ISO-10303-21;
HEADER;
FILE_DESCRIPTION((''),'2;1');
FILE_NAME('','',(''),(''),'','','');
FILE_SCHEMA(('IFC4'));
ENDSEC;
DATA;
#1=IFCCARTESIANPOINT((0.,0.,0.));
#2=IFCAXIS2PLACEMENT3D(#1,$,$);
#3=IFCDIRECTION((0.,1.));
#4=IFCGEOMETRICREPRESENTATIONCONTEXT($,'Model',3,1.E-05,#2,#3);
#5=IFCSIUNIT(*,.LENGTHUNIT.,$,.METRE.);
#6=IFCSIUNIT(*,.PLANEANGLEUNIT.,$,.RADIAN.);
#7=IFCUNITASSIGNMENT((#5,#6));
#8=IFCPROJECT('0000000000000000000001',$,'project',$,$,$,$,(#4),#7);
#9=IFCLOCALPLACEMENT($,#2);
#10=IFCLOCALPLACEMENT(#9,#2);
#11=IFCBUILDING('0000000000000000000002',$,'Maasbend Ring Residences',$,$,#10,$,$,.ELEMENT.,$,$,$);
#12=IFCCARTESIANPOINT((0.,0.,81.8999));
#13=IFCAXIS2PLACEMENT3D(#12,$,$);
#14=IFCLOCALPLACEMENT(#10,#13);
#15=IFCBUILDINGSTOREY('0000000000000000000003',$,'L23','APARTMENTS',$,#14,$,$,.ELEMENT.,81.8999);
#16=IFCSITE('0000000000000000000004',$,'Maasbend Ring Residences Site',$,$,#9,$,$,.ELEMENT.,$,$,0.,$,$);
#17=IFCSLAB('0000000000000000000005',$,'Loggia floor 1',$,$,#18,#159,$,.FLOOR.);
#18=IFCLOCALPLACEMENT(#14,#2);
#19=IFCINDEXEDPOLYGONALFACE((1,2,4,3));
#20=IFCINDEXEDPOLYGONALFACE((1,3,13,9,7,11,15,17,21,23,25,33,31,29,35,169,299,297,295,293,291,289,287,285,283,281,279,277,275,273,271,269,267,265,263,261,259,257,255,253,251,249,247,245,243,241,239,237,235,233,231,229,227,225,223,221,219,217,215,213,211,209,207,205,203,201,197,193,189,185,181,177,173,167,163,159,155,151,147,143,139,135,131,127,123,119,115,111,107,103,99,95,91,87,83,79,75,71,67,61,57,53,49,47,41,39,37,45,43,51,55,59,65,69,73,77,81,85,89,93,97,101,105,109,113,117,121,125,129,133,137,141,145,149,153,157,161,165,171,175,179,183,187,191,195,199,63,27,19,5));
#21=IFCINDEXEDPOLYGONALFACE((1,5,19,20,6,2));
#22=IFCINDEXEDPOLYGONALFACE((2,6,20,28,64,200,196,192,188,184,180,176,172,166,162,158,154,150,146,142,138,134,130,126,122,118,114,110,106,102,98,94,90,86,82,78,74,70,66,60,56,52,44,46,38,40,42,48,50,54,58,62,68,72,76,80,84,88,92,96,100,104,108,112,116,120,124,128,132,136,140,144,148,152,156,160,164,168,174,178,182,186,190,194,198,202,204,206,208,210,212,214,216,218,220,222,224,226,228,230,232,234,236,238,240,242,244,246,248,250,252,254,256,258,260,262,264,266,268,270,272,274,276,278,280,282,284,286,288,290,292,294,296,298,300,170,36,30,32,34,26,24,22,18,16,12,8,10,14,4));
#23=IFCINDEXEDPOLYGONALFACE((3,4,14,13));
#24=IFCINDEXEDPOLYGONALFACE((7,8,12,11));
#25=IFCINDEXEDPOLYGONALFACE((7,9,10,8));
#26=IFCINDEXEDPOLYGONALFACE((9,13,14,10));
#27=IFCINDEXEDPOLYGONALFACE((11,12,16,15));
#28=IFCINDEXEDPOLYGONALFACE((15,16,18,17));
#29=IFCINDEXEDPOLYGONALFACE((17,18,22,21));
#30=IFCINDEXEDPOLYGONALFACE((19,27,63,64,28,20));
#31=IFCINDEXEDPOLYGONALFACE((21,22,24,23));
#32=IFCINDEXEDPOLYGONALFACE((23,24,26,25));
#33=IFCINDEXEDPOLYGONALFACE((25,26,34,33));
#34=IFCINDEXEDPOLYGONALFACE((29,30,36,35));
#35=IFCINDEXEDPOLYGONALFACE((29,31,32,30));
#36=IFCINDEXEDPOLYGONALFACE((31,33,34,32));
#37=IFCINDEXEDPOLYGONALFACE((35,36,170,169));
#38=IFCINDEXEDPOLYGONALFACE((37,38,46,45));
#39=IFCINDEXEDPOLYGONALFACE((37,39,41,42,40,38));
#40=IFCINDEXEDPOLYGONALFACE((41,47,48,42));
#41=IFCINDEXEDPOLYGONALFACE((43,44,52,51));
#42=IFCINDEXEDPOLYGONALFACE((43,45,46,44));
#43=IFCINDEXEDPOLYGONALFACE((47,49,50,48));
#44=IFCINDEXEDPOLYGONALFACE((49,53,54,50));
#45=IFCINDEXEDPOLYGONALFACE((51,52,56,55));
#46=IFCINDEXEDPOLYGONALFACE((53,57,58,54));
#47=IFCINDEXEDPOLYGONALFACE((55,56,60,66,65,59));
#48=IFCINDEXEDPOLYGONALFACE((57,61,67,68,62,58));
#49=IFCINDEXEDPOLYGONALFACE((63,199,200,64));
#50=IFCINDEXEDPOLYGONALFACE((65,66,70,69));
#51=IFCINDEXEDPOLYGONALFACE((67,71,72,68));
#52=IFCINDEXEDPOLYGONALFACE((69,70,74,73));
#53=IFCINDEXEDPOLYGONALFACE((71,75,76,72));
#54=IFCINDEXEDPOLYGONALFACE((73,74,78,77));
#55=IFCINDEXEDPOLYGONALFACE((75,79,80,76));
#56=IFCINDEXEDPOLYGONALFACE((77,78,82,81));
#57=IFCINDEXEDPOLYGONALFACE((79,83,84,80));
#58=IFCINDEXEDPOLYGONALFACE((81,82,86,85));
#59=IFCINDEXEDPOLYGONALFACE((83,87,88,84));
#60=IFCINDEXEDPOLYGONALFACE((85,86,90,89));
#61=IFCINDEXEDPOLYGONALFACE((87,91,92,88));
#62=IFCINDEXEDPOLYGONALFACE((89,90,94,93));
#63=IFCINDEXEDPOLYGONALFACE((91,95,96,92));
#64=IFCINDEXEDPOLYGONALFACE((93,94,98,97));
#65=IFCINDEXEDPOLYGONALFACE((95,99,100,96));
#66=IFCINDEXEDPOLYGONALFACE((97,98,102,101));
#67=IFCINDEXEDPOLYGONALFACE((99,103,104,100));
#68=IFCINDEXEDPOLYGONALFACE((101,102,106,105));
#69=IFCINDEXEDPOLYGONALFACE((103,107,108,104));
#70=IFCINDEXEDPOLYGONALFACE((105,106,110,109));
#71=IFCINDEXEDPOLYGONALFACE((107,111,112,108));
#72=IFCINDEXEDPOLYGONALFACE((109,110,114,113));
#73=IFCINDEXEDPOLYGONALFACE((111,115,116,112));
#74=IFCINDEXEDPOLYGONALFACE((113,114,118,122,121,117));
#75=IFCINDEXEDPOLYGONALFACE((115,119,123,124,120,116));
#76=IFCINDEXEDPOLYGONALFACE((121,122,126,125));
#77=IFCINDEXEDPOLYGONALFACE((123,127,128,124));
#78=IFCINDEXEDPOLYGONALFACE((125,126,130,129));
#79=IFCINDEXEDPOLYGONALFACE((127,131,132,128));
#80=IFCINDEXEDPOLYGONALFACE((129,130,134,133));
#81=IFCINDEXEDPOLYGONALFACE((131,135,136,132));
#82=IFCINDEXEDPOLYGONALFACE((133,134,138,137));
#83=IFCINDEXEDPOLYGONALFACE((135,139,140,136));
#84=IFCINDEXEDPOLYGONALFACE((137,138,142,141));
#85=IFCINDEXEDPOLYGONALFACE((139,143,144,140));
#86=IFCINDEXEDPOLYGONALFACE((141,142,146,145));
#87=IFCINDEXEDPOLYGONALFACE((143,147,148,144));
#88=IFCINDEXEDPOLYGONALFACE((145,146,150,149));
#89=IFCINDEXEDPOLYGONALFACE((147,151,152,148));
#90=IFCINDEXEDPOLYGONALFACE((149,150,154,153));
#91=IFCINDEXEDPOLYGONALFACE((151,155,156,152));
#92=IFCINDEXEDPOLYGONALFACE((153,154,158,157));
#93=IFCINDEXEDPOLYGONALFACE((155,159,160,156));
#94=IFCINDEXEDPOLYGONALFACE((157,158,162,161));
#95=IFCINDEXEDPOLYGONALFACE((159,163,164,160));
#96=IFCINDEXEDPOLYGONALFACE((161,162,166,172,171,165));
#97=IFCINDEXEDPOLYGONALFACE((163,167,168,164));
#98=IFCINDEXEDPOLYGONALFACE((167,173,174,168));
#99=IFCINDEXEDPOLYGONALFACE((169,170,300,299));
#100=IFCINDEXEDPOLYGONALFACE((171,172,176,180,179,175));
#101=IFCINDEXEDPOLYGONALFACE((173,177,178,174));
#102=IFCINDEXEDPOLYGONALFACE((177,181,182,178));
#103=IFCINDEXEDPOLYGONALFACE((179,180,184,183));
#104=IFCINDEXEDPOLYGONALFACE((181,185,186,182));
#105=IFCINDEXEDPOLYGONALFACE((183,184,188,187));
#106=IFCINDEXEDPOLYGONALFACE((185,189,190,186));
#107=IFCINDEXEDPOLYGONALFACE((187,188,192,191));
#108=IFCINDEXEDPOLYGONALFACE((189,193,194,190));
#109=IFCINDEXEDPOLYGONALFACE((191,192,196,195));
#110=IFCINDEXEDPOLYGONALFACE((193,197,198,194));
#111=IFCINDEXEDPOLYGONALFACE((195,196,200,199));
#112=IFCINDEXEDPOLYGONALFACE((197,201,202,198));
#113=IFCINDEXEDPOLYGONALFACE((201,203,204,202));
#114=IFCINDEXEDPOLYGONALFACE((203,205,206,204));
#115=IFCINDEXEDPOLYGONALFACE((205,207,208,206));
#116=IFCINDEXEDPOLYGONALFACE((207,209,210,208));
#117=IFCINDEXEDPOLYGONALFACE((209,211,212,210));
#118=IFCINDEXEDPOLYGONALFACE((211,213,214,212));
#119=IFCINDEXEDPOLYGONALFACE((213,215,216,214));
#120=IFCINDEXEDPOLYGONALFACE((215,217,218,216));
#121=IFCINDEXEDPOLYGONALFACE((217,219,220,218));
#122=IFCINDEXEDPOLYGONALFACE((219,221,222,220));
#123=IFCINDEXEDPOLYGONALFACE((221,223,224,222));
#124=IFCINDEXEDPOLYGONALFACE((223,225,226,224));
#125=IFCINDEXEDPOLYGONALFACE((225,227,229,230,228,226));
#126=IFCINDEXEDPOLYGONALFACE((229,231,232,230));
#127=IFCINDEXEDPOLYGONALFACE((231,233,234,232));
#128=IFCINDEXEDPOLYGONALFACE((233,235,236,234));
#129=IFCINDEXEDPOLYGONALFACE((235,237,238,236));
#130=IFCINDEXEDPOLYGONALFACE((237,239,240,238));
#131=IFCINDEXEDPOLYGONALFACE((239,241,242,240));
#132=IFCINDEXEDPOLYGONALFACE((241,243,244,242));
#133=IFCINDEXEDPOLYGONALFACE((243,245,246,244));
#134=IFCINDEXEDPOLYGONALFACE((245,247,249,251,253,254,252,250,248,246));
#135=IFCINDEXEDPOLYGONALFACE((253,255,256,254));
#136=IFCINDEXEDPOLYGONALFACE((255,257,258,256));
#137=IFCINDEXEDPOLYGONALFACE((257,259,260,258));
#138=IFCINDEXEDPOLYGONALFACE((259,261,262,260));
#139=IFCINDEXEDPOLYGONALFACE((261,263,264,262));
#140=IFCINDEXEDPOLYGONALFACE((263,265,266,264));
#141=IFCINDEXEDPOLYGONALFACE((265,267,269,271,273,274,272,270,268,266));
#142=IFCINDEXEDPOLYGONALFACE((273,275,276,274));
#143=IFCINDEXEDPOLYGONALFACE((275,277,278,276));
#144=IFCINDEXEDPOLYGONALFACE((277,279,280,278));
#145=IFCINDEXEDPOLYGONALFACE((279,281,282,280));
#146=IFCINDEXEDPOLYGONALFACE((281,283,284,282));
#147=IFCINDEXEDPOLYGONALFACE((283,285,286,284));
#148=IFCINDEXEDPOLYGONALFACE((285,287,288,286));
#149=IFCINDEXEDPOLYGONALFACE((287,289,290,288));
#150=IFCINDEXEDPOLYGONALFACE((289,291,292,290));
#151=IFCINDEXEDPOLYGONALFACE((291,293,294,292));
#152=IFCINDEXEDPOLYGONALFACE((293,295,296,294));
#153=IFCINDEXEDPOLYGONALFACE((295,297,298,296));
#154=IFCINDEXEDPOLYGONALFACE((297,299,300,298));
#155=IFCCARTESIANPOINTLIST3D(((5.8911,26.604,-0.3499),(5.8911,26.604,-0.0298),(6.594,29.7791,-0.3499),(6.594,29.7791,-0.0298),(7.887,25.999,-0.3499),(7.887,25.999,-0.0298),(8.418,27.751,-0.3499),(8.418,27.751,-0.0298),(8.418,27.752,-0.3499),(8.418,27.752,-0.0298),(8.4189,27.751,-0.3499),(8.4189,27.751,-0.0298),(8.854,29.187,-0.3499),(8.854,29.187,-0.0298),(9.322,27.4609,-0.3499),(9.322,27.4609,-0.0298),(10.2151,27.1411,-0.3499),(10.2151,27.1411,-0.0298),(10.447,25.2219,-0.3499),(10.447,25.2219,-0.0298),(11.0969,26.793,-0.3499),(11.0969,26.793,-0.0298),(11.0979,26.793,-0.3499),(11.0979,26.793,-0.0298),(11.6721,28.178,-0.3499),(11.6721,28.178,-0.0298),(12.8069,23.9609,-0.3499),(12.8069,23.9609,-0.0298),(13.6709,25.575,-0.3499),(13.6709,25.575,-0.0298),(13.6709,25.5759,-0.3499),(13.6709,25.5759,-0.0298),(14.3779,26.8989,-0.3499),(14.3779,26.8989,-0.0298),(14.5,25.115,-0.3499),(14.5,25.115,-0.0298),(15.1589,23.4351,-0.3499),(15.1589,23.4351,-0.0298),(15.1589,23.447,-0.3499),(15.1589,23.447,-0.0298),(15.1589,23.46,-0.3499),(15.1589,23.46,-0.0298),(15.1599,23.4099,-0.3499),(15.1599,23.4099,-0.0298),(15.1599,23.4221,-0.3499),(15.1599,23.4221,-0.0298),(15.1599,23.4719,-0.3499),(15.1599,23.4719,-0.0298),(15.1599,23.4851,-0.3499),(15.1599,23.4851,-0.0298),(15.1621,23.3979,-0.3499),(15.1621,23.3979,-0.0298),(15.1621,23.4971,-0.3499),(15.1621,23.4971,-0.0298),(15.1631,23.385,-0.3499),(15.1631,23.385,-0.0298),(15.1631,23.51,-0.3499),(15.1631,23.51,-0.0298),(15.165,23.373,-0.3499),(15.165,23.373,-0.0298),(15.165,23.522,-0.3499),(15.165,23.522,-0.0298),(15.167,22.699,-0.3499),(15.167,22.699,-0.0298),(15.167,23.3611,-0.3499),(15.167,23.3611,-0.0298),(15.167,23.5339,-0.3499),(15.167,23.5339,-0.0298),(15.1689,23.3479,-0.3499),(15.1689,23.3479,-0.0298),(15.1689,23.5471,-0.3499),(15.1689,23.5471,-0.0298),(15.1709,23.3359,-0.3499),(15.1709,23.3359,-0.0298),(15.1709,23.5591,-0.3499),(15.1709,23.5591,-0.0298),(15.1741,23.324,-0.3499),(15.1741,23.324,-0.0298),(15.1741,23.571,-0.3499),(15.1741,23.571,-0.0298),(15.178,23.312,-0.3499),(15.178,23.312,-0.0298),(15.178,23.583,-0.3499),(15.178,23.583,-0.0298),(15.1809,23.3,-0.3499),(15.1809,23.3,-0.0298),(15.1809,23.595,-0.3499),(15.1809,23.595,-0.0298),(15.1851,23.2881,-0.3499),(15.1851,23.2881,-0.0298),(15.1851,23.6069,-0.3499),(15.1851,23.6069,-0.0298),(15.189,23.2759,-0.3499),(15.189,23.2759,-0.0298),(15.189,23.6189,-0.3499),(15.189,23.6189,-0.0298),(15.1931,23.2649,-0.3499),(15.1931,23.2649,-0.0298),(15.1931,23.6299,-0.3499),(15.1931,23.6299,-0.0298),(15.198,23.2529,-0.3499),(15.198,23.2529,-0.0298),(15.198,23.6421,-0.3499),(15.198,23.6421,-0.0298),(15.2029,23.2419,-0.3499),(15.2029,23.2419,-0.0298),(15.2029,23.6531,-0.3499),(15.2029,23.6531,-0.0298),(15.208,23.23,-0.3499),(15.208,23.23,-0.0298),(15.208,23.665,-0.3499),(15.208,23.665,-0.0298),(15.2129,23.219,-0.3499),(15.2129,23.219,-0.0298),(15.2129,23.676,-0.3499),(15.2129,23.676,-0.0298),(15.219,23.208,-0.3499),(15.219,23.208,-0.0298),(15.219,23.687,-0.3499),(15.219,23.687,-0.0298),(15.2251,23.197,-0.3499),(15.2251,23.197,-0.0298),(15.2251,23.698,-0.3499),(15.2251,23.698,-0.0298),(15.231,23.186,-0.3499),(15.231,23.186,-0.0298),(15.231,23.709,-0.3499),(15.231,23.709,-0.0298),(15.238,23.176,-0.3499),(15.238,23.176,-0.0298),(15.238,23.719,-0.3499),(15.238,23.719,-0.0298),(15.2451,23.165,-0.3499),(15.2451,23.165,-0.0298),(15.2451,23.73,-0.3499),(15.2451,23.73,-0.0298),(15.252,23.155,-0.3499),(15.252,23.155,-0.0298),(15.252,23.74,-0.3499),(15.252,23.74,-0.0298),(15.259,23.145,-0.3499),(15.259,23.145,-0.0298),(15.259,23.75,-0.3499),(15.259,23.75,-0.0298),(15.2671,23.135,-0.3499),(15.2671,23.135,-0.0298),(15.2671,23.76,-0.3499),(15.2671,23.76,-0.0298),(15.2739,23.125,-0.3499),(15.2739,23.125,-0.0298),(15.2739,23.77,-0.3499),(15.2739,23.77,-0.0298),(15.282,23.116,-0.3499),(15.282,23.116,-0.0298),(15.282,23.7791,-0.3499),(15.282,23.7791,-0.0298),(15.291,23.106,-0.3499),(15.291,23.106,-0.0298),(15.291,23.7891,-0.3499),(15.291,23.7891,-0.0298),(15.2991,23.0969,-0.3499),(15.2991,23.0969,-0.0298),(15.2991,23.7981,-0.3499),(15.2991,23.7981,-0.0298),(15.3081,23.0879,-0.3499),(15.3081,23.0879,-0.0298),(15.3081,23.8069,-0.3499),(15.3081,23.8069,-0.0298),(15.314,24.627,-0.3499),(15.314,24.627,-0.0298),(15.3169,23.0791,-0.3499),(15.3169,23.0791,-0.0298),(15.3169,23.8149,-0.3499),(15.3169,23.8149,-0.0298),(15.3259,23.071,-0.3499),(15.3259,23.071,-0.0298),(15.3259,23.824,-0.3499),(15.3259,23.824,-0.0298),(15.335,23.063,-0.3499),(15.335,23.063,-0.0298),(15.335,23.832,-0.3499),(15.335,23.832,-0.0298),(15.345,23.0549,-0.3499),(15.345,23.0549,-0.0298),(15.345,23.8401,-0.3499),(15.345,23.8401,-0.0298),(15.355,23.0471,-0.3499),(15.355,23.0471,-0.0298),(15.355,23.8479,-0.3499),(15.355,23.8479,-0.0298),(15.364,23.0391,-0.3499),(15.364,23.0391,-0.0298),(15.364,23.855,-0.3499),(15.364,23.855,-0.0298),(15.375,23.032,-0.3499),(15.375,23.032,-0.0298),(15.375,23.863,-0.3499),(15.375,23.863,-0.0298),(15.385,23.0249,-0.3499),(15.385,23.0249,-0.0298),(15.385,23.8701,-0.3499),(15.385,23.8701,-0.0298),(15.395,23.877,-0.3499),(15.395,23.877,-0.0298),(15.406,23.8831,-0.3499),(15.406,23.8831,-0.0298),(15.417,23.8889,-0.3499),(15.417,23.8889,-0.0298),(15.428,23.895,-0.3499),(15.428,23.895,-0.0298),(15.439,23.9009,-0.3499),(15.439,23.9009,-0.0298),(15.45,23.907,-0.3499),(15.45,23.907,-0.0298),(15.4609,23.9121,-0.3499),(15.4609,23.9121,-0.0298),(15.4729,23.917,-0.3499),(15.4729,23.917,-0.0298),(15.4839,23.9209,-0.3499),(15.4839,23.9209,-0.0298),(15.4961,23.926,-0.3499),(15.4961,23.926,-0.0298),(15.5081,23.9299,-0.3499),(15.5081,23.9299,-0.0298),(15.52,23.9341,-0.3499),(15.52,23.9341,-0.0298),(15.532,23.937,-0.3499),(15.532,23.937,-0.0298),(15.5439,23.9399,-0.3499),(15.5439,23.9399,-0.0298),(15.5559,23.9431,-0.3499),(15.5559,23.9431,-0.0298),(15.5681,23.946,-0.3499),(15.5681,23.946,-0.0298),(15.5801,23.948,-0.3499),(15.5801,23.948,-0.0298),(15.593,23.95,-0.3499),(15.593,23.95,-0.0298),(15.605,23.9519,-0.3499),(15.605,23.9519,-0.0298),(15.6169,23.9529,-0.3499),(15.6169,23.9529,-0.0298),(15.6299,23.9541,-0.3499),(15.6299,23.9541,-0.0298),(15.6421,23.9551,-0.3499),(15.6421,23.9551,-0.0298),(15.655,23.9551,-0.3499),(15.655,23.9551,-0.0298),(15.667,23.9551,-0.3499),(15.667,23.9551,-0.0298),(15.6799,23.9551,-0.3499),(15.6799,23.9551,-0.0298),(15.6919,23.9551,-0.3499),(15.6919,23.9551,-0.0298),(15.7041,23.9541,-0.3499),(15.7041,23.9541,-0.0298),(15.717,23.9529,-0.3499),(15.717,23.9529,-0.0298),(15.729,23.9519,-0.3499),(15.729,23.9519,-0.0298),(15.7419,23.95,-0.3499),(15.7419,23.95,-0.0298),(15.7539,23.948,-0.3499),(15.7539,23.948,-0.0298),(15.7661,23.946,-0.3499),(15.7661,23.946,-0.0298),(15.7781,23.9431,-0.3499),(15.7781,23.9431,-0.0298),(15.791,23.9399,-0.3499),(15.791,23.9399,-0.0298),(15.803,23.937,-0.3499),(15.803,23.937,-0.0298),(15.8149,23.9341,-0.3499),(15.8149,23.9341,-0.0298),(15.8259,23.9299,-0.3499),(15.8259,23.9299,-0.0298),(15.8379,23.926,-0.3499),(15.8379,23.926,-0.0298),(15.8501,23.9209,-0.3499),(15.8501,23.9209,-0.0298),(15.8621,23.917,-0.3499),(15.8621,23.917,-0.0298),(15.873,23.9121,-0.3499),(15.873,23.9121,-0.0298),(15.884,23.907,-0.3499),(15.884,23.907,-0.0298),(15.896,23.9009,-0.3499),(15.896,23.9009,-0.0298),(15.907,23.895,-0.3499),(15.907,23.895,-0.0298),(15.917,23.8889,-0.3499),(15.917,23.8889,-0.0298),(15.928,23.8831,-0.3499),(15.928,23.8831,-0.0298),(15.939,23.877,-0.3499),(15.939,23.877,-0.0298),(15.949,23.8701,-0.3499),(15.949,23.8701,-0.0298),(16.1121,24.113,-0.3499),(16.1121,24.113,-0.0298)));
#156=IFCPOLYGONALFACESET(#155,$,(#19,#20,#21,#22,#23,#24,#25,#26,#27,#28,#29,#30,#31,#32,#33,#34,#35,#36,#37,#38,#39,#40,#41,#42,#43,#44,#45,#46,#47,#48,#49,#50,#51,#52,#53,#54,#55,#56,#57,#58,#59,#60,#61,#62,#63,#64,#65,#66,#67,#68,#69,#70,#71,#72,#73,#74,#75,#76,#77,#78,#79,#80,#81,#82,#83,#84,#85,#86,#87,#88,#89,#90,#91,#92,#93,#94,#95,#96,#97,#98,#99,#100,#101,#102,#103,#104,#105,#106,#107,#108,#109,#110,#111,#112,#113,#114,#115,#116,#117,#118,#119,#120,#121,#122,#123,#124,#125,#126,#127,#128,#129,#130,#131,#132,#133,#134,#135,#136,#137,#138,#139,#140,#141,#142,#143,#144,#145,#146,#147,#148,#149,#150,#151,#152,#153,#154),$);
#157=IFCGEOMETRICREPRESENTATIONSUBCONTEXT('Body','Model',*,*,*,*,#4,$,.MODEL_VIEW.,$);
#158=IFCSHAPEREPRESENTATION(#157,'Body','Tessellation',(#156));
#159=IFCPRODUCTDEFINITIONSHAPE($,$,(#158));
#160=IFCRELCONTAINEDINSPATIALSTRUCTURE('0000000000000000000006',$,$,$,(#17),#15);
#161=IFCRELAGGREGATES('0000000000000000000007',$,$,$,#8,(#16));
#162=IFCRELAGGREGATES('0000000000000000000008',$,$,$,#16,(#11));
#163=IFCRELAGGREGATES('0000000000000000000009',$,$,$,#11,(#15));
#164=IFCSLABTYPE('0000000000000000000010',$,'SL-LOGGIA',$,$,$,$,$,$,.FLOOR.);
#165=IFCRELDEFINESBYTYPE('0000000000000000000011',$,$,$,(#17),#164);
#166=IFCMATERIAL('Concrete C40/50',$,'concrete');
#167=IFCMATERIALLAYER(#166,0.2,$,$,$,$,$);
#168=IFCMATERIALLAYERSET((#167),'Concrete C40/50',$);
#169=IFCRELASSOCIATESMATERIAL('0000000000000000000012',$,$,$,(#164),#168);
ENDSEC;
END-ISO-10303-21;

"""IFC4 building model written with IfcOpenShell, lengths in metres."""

from ifc_helpers import new_model, si_unit, direction, frame, origin, place, context, subcontext, project, spatial, polyline, outline, extrude, material, layer, layer_set, type_object, element, save


model = new_model("IFC4")

# Units and contexts
model_context = context("Model", 3, precision=1e-05, world=origin(), true_north=direction((0.0, 1.0)))
body_context = subcontext(model_context, "Body", "Model", "MODEL_VIEW")
ifc_project = project(units=[si_unit("LENGTHUNIT", "METRE"), si_unit("PLANEANGLEUNIT", "RADIAN")], contexts=[model_context])

# Site, building, storey
site_placement = place(None, origin())
site = spatial("IfcSite", under=ifc_project, at=site_placement, Name="Maasbend Ring Residences Site", CompositionType="ELEMENT", RefElevation=0.0)
building_placement = place(site_placement, origin())
building = spatial("IfcBuilding", under=site, at=building_placement, Name="Maasbend Ring Residences", CompositionType="ELEMENT")
storey_placement = place(building_placement, frame((0.0, 0.0, 81.8999)))
storey = spatial("IfcBuildingStorey", under=building, at=storey_placement, Name="L23", Description="APARTMENTS", CompositionType="ELEMENT", Elevation=81.8999)

# Slab
ifc_material_1 = material(Name="Concrete C40/50", Category="concrete")
ifc_layer_1 = layer(ifc_material_1, 0.2)
ifc_layer_set_1 = layer_set([ifc_layer_1], Name="Concrete C40/50")
slab_type_1 = type_object("IfcSlabType", Name="SL-LOGGIA", PredefinedType="FLOOR", material=ifc_layer_set_1)
slab_1_placement = place(storey_placement, frame((0.0, 0.0, -0.3499)))
element("IfcSlab", 1, at=slab_1_placement, inside=storey, type_object=slab_type_1, Name="Loggia floor 1", PredefinedType="FLOOR", context=body_context, shape_type="SweptSolid", body=[
    extrude(outline(polyline([(8.854, 29.187), (8.854, 29.187), (8.854, 29.187), (8.418, 27.752), (8.418, 27.752), (8.418, 27.752), (8.418, 27.752), (8.418, 27.752), (8.418, 27.752), (8.418, 27.751), (8.418, 27.751), (8.418, 27.751), (8.418, 27.751), (8.418, 27.751), (8.4189, 27.751), (8.4189, 27.751), (8.4189, 27.751), (8.4189, 27.751), (8.4189, 27.751), (8.4189, 27.751), (9.322, 27.4609), (9.322, 27.4609), (10.2151, 27.1411), (10.2151, 27.1411), (11.0969, 26.793), (11.0969, 26.793), (11.0969, 26.793), (11.0979, 26.793), (11.0979, 26.793), (11.0979, 26.793), (11.0979, 26.793), (11.0979, 26.793), (11.0979, 26.793), (11.0979, 26.793), (11.0979, 26.793), (11.0979, 26.793), (11.0979, 26.793), (11.0979, 26.793), (11.0979, 26.793), (11.0979, 26.793), (11.0979, 26.793), (11.6721, 28.178), (11.6721, 28.178), (11.6721, 28.178), (14.3779, 26.8989), (14.3779, 26.8989), (14.3779, 26.8989), (13.6709, 25.5759), (13.6709, 25.5759), (13.6709, 25.5759), (13.6709, 25.5759), (13.6709, 25.5759), (13.6709, 25.5759), (13.6709, 25.5759), (13.6709, 25.5759), (13.6709, 25.5759), (13.6709, 25.5759), (13.6709, 25.5759), (13.6709, 25.5759), (13.6709, 25.5759), (13.6709, 25.5759), (13.6709, 25.5759), (13.6709, 25.5759), (13.6709, 25.575), (14.5, 25.115), (14.5, 25.115), (15.314, 24.627), (15.314, 24.627), (16.1121, 24.113), (16.1121, 24.113), (16.1121, 24.113), (15.949, 23.8701), (15.939, 23.877), (15.928, 23.8831), (15.917, 23.8889), (15.907, 23.895), (15.896, 23.9009), (15.884, 23.907), (15.873, 23.9121), (15.8621, 23.917), (15.8501, 23.9209), (15.8379, 23.926), (15.8259, 23.9299), (15.8149, 23.9341), (15.803, 23.937), (15.791, 23.9399), (15.7781, 23.9431), (15.7661, 23.946), (15.7539, 23.948), (15.7419, 23.95), (15.729, 23.9519), (15.717, 23.9529), (15.7041, 23.9541), (15.6919, 23.9551), (15.6799, 23.9551), (15.667, 23.9551), (15.655, 23.9551), (15.6421, 23.9551), (15.6299, 23.9541), (15.6169, 23.9529), (15.605, 23.9519), (15.593, 23.95), (15.5801, 23.948), (15.5681, 23.946), (15.5559, 23.9431), (15.5439, 23.9399), (15.532, 23.937), (15.52, 23.9341), (15.5081, 23.9299), (15.4961, 23.926), (15.4839, 23.9209), (15.4729, 23.917), (15.4609, 23.9121), (15.45, 23.907), (15.439, 23.9009), (15.428, 23.895), (15.417, 23.8889), (15.406, 23.8831), (15.395, 23.877), (15.385, 23.8701), (15.375, 23.863), (15.364, 23.855), (15.355, 23.8479), (15.345, 23.8401), (15.335, 23.832), (15.3259, 23.824), (15.3169, 23.8149), (15.3081, 23.8069), (15.2991, 23.7981), (15.291, 23.7891), (15.282, 23.7791), (15.2739, 23.77), (15.2671, 23.76), (15.259, 23.75), (15.252, 23.74), (15.2451, 23.73), (15.238, 23.719), (15.231, 23.709), (15.2251, 23.698), (15.219, 23.687), (15.2129, 23.676), (15.208, 23.665), (15.2029, 23.6531), (15.198, 23.6421), (15.1931, 23.6299), (15.189, 23.6189), (15.1851, 23.6069), (15.1809, 23.595), (15.178, 23.583), (15.1741, 23.571), (15.1709, 23.5591), (15.1689, 23.5471), (15.167, 23.5339), (15.165, 23.522), (15.1631, 23.51), (15.1621, 23.4971), (15.1599, 23.4851), (15.1599, 23.4719), (15.1589, 23.46), (15.1589, 23.447), (15.1589, 23.4351), (15.1599, 23.4221), (15.1599, 23.4099), (15.1621, 23.3979), (15.1631, 23.385), (15.165, 23.373), (15.167, 23.3611), (15.1689, 23.3479), (15.1709, 23.3359), (15.1741, 23.324), (15.178, 23.312), (15.1809, 23.3), (15.1851, 23.2881), (15.189, 23.2759), (15.1931, 23.2649), (15.198, 23.2529), (15.2029, 23.2419), (15.208, 23.23), (15.2129, 23.219), (15.219, 23.208), (15.2251, 23.197), (15.231, 23.186), (15.238, 23.176), (15.2451, 23.165), (15.252, 23.155), (15.259, 23.145), (15.2671, 23.135), (15.2739, 23.125), (15.282, 23.116), (15.291, 23.106), (15.2991, 23.0969), (15.3081, 23.0879), (15.3169, 23.0791), (15.3259, 23.071), (15.335, 23.063), (15.345, 23.0549), (15.355, 23.0471), (15.364, 23.0391), (15.375, 23.032), (15.385, 23.0249), (15.167, 22.699), (15.167, 22.699), (15.167, 22.699), (12.8069, 23.9609), (10.447, 25.2219), (10.447, 25.2219), (10.447, 25.2219), (7.887, 25.999), (5.8911, 26.604), (5.8911, 26.604), (5.8911, 26.604), (6.594, 29.7791), (6.594, 29.7791), (6.594, 29.7791), (8.854, 29.187)])), origin(), (0.0, 0.0, 1.0), 0.3201),
])

save(model, "model.ifc")
